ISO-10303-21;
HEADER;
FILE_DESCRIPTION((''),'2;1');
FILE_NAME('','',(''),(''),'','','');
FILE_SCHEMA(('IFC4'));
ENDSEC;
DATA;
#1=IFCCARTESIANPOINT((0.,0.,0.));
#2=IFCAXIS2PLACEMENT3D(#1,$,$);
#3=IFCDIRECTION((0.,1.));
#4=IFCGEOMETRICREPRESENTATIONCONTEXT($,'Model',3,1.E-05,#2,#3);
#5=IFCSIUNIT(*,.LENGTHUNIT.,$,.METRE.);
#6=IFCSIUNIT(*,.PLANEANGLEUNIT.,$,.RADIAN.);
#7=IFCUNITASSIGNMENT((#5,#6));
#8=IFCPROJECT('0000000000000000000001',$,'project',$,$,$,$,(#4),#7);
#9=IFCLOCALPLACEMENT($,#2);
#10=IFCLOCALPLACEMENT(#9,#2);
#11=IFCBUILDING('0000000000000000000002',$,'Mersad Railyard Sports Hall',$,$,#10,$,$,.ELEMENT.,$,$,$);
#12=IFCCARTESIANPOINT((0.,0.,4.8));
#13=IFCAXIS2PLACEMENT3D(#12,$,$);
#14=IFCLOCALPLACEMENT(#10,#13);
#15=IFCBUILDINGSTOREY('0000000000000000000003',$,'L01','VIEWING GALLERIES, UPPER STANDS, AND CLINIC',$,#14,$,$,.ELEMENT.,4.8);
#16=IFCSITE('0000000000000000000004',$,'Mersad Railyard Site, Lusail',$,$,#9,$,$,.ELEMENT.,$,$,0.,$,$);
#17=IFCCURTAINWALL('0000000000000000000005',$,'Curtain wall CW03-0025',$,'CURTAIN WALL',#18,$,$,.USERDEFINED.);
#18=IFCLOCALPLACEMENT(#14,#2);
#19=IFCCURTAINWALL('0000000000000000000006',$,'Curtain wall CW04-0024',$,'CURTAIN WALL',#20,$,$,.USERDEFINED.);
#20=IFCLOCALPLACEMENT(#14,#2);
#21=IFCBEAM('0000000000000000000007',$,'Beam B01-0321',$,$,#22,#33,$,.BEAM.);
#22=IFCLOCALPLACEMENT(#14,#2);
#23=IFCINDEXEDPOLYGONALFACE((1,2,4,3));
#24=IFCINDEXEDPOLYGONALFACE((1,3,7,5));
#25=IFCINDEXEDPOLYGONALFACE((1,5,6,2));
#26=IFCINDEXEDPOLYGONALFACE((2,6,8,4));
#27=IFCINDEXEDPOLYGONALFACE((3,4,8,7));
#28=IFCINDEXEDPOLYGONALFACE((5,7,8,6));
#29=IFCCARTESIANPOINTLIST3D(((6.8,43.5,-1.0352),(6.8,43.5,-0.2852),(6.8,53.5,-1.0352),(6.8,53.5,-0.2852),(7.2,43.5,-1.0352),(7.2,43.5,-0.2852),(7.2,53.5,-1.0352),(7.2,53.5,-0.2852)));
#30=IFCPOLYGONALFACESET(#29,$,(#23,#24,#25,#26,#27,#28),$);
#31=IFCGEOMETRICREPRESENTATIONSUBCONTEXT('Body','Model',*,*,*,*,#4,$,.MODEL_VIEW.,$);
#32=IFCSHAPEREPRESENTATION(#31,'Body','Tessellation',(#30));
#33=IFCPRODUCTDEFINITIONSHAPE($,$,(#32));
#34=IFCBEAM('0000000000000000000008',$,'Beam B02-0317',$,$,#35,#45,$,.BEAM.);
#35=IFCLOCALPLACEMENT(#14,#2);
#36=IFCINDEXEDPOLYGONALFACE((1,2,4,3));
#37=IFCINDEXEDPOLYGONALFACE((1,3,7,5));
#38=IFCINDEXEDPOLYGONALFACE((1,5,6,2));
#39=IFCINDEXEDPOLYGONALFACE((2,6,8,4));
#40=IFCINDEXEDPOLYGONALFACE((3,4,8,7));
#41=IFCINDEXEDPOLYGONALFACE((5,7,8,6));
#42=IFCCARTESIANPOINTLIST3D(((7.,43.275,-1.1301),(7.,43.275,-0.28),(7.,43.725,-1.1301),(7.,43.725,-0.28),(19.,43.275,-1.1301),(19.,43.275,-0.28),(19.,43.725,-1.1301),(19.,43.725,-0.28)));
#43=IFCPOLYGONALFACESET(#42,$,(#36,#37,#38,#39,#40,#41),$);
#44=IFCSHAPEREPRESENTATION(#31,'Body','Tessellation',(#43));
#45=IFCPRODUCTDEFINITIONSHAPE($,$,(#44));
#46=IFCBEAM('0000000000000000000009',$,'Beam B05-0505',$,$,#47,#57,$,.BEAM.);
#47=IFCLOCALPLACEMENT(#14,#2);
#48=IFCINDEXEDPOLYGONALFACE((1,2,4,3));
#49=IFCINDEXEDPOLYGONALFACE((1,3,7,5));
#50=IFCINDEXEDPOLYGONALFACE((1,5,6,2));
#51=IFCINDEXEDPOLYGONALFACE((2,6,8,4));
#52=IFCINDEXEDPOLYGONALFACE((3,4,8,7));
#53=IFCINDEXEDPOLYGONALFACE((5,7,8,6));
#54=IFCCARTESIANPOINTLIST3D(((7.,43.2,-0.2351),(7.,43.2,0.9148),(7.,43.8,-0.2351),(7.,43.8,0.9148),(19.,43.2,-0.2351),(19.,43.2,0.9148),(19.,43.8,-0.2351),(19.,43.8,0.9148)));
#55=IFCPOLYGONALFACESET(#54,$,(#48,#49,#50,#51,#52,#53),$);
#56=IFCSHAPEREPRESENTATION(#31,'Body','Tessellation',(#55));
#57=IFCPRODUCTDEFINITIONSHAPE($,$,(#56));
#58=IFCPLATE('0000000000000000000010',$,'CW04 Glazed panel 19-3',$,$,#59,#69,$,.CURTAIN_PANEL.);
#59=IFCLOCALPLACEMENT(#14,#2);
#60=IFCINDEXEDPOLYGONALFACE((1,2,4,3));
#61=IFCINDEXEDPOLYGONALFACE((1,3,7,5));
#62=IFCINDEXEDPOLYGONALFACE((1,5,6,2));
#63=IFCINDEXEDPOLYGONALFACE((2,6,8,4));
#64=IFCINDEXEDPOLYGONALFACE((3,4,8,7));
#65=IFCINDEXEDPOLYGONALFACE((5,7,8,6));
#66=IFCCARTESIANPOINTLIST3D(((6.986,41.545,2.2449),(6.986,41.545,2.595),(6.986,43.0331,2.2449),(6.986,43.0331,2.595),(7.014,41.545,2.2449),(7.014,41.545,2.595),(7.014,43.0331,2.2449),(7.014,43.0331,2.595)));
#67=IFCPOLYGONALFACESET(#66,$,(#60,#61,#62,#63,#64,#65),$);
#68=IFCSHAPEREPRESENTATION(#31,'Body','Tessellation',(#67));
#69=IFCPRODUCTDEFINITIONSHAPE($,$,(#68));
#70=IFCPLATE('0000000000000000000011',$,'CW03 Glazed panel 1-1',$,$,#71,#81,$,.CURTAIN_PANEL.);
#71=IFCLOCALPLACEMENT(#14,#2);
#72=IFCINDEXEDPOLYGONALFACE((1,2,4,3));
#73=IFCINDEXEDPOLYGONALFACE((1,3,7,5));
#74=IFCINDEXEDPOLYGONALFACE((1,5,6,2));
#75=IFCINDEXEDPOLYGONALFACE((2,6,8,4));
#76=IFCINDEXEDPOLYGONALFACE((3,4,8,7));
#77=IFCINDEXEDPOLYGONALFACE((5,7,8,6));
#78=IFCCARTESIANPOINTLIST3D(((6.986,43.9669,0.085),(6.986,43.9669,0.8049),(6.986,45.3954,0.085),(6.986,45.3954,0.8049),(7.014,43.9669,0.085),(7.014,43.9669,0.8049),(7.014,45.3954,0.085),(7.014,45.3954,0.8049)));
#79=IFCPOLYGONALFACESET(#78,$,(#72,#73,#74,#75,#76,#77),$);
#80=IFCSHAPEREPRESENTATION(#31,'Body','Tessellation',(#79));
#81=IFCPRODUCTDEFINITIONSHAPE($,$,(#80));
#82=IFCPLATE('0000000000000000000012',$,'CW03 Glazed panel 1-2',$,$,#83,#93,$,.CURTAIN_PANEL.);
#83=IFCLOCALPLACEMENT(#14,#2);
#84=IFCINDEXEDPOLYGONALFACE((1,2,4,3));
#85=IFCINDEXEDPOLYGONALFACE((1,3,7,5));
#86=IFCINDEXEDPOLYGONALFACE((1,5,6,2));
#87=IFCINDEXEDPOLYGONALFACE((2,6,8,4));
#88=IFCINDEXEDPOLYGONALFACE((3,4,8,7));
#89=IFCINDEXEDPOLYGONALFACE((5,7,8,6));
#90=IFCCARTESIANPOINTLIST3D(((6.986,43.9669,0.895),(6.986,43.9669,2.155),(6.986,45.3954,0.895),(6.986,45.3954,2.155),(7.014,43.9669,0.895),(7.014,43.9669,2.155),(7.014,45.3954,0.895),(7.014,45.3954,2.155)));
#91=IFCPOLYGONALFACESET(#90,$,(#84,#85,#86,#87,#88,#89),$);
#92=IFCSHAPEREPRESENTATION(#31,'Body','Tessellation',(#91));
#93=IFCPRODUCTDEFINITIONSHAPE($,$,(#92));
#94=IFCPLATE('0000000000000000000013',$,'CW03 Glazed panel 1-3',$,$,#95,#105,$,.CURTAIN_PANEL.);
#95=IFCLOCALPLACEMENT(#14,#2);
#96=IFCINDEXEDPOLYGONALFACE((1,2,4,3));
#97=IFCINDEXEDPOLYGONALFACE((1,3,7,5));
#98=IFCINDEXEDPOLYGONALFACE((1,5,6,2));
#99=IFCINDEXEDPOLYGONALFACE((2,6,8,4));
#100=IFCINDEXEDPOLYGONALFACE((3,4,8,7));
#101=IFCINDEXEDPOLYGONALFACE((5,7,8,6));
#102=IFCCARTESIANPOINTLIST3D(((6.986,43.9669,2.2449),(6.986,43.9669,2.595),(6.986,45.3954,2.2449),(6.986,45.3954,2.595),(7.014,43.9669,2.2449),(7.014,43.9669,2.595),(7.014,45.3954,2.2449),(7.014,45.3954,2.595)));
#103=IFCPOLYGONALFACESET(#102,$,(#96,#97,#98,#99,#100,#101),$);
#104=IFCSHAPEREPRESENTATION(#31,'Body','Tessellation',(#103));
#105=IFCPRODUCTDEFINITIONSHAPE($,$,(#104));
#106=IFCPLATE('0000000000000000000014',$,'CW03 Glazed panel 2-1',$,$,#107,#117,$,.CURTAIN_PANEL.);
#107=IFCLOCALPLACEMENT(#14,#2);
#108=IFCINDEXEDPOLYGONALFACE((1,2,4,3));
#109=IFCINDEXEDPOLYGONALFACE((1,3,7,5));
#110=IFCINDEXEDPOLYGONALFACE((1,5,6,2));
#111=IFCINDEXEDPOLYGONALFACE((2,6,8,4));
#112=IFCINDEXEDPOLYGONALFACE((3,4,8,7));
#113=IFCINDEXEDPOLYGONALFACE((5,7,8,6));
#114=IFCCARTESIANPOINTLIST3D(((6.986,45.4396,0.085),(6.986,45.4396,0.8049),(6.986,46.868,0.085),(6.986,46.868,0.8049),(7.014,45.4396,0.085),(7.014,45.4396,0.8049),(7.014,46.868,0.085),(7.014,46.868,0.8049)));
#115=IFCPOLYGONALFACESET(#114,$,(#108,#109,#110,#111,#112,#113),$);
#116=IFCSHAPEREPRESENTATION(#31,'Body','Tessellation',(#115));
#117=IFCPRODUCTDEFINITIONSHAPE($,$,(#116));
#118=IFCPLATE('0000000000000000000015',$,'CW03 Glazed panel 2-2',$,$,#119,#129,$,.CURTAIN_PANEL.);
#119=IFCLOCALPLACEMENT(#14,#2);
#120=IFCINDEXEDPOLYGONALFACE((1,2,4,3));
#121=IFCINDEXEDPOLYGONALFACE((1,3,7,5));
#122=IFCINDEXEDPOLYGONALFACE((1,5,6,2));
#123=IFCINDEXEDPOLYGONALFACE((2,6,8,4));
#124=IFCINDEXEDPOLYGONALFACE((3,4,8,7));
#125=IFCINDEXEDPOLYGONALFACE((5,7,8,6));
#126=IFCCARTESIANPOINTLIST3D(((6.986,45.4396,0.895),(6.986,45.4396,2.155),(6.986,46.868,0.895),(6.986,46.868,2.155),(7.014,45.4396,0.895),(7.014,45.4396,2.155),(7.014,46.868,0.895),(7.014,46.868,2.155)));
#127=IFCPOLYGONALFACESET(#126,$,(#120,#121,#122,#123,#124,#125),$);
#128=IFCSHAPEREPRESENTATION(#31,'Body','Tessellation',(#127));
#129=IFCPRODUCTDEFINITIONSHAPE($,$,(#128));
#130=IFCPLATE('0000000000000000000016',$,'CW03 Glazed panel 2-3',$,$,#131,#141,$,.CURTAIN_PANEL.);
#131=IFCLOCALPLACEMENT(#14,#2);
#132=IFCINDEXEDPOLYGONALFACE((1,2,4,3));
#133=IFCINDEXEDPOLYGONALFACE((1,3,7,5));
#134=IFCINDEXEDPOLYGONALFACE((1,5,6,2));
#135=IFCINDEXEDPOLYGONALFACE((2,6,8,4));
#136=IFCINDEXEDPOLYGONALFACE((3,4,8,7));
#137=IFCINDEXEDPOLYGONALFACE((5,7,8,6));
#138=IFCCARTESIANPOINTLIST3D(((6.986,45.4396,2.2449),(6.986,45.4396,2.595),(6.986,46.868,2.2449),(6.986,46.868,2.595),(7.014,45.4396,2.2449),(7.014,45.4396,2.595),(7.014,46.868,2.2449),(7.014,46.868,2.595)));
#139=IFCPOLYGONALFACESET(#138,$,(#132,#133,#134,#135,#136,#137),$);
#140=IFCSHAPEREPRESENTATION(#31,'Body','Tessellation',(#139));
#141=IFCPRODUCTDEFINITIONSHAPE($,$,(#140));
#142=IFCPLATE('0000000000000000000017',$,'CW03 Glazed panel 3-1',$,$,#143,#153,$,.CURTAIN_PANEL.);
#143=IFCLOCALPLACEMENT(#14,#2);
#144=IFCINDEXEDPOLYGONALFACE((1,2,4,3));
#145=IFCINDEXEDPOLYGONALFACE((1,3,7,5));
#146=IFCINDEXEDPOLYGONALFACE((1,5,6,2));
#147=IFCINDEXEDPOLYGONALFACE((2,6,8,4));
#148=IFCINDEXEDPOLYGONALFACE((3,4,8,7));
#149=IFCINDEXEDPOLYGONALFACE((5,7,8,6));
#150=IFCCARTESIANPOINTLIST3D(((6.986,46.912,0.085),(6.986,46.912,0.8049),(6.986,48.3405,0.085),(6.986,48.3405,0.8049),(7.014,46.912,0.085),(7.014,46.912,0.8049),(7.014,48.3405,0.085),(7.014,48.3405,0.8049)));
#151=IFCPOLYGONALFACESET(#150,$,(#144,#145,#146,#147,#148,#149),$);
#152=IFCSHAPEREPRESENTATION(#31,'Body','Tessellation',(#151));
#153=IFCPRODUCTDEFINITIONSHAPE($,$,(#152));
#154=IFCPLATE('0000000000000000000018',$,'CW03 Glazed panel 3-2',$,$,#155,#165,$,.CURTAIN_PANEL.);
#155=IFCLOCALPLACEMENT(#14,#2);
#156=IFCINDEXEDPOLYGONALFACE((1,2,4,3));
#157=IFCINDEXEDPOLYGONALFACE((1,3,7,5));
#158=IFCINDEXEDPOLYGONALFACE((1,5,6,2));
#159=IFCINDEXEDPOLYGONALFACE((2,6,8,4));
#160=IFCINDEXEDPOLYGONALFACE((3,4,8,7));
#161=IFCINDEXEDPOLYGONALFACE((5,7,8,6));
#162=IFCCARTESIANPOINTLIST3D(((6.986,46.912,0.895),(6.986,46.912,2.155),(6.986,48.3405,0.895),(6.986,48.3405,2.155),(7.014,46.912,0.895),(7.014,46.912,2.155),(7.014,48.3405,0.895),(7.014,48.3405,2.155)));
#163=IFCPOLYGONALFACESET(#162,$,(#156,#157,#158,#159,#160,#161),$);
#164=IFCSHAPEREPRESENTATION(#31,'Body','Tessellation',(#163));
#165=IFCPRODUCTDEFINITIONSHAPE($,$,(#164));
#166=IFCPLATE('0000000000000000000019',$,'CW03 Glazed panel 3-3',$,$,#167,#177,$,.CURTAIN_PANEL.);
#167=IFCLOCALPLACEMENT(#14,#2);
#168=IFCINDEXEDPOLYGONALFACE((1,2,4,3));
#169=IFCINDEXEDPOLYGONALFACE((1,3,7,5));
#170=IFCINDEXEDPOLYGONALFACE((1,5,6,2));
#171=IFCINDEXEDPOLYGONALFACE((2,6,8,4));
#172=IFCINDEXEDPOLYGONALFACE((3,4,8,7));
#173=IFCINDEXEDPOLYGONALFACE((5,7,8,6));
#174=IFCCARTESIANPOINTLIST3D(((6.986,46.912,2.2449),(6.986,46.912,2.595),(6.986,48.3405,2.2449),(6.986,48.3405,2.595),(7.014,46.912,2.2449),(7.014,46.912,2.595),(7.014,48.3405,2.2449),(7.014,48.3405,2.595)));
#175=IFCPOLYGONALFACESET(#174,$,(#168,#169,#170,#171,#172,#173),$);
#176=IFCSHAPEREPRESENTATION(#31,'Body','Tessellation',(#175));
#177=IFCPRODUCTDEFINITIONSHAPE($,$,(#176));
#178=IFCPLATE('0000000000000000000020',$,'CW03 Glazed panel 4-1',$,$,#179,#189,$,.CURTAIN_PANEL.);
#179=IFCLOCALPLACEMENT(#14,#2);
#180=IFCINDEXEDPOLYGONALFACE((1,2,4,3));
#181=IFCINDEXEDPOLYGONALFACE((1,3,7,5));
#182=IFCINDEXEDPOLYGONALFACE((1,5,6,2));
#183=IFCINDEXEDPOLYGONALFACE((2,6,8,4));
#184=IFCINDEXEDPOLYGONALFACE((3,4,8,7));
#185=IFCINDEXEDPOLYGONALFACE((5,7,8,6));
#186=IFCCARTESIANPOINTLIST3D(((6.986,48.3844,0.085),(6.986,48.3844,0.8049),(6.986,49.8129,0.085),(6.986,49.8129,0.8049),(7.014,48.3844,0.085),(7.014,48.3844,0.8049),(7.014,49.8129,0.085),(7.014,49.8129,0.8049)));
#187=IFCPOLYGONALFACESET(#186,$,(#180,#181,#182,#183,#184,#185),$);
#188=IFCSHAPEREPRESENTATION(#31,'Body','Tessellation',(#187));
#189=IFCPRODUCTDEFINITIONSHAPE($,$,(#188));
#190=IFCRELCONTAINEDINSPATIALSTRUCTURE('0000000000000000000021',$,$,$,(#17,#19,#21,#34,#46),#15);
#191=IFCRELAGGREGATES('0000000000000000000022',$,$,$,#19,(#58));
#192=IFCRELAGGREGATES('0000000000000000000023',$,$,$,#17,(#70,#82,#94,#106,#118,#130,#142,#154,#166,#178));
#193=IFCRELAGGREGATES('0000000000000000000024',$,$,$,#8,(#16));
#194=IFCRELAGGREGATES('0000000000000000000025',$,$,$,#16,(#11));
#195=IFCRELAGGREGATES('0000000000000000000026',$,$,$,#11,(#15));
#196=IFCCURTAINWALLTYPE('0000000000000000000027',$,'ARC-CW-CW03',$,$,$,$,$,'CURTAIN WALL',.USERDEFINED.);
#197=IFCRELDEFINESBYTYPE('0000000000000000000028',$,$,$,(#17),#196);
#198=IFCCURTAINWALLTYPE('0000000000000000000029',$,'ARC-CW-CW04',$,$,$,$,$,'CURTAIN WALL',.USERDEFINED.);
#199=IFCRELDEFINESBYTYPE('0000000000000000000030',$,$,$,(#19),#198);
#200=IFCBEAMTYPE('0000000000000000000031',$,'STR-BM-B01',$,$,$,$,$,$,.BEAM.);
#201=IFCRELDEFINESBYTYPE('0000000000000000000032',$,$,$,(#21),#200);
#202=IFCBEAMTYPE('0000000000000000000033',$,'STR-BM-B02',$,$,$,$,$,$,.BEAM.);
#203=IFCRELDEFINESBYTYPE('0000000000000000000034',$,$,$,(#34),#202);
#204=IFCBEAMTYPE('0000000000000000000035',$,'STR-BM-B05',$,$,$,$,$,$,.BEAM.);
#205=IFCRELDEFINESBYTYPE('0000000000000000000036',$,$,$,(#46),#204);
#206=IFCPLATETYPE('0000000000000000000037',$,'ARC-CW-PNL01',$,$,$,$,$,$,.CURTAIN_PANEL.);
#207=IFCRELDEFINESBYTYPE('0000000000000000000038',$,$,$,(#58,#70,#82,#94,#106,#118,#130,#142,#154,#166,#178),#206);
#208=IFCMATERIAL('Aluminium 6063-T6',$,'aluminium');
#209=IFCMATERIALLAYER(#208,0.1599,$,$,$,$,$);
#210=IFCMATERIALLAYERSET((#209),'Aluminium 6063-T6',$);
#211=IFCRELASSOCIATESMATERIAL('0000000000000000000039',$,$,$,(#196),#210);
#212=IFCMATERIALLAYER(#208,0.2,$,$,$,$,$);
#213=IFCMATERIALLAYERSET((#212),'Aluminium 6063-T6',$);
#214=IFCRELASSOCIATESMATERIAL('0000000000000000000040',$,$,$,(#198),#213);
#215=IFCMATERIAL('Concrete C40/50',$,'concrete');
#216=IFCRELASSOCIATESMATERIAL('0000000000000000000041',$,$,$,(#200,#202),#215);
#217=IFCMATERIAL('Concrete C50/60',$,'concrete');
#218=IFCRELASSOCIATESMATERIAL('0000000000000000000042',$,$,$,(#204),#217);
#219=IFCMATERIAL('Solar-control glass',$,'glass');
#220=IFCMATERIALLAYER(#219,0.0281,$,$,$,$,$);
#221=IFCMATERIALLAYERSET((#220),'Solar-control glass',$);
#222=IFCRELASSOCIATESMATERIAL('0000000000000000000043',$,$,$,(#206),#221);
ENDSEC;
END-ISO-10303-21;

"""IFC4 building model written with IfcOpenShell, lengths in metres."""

from ifc_helpers import new_model, si_unit, direction, frame, origin, origin_2d, place, context, subcontext, project, spatial, rectangle, extrude, material, layer, layer_set, material_profile, profile_set, type_object, element, aggregate, save


model = new_model("IFC4")

# Units and contexts
model_context = context("Model", 3, precision=1e-05, world=origin(), true_north=direction((0.0, 1.0)))
body_context = subcontext(model_context, "Body", "Model", "MODEL_VIEW")
ifc_project = project(units=[si_unit("LENGTHUNIT", "METRE"), si_unit("PLANEANGLEUNIT", "RADIAN")], contexts=[model_context])

# Site, building, storey
site_placement = place(None, origin())
site = spatial("IfcSite", under=ifc_project, at=site_placement, Name="Mersad Railyard Site, Lusail", CompositionType="ELEMENT", RefElevation=0.0)
building_placement = place(site_placement, origin())
building = spatial("IfcBuilding", under=site, at=building_placement, Name="Mersad Railyard Sports Hall", CompositionType="ELEMENT")
storey_placement = place(building_placement, frame((0.0, 0.0, 4.8)))
storey = spatial("IfcBuildingStorey", under=building, at=storey_placement, Name="L01", Description="VIEWING GALLERIES, UPPER STANDS, AND CLINIC", CompositionType="ELEMENT", Elevation=4.8)

# Shared definitions
ifc_material_1 = material(Name="Concrete C50/60", Category="concrete")

# Curtain wall
ifc_material_2 = material(Name="Aluminium 6063-T6", Category="aluminium")
ifc_layer_1 = layer(ifc_material_2, 0.1599)
ifc_layer_set_1 = layer_set([ifc_layer_1], Name="Aluminium 6063-T6")
curtain_wall_type_1 = type_object("IfcCurtainWallType", Name="ARC-CW-CW03", ElementType="CURTAIN WALL", PredefinedType="USERDEFINED", material=ifc_layer_set_1)
curtain_wall_1_placement = place(storey_placement, origin())
curtain_wall_1 = element("IfcCurtainWall", 1, at=curtain_wall_1_placement, inside=storey, type_object=curtain_wall_type_1, Name="Curtain wall CW03-0025", ObjectType="CURTAIN WALL", PredefinedType="USERDEFINED")

# Curtain wall
ifc_layer_2 = layer(ifc_material_2, 0.2)
ifc_layer_set_2 = layer_set([ifc_layer_2], Name="Aluminium 6063-T6")
curtain_wall_type_2 = type_object("IfcCurtainWallType", Name="ARC-CW-CW04", ElementType="CURTAIN WALL", PredefinedType="USERDEFINED", material=ifc_layer_set_2)
curtain_wall_2_placement = place(storey_placement, origin())
curtain_wall_2 = element("IfcCurtainWall", 2, at=curtain_wall_2_placement, inside=storey, type_object=curtain_wall_type_2, Name="Curtain wall CW04-0024", ObjectType="CURTAIN WALL", PredefinedType="USERDEFINED")

# Beams
ifc_material_3 = material(Name="Concrete C40/50", Category="concrete")
ifc_material_profile_1 = material_profile(ifc_material_3, rectangle(XDim=0.3999, YDim=0.75, at=origin_2d()), Name="RC 400x750")
ifc_profile_set_1 = profile_set([ifc_material_profile_1], Name="Concrete C40/50")
beam_type_1 = type_object("IfcBeamType", Name="STR-BM-B01", PredefinedType="BEAM", material=ifc_profile_set_1)
beam_1_placement = place(storey_placement, frame((7.0, 43.5, -0.6602), z_axis=(0.0, 1.0, 0.0), x_axis=(-1.0, 0.0, 0.0)))
element("IfcBeam", 3, at=beam_1_placement, inside=storey, type_object=beam_type_1, Name="Beam B01-0321", PredefinedType="BEAM", context=body_context, shape_type="SweptSolid", body=[
    extrude(rectangle(XDim=0.3999, YDim=0.75, at=origin_2d()), origin(), (0.0, 0.0, 1.0), 10.0),
])
ifc_material_profile_2 = material_profile(ifc_material_3, rectangle(XDim=0.45, YDim=0.8501, at=origin_2d()), Name="RC 450x850")
ifc_profile_set_2 = profile_set([ifc_material_profile_2], Name="Concrete C40/50")
beam_type_2 = type_object("IfcBeamType", Name="STR-BM-B02", PredefinedType="BEAM", material=ifc_profile_set_2)
beam_2_placement = place(storey_placement, frame((7.0, 43.5, -0.7051), z_axis=(1.0, 0.0, 0.0), x_axis=(0.0, 1.0, 0.0)))
element("IfcBeam", 4, at=beam_2_placement, inside=storey, type_object=beam_type_2, Name="Beam B02-0317", PredefinedType="BEAM", context=body_context, shape_type="SweptSolid", body=[
    extrude(rectangle(XDim=0.45, YDim=0.8501, at=origin_2d()), origin(), (0.0, 0.0, 1.0), 12.0),
])
ifc_material_profile_3 = material_profile(ifc_material_1, rectangle(XDim=0.6001, YDim=1.1499, at=origin_2d()), Name="RC 600x1150")
ifc_profile_set_3 = profile_set([ifc_material_profile_3], Name="Concrete C50/60")
beam_type_3 = type_object("IfcBeamType", Name="STR-BM-B05", PredefinedType="BEAM", material=ifc_profile_set_3)
beam_3_placement = place(storey_placement, frame((7.0, 43.5, 0.3398), z_axis=(1.0, 0.0, 0.0), x_axis=(0.0, 1.0, 0.0)))
element("IfcBeam", 5, at=beam_3_placement, inside=storey, type_object=beam_type_3, Name="Beam B05-0505", PredefinedType="BEAM", context=body_context, shape_type="SweptSolid", body=[
    extrude(rectangle(XDim=0.6001, YDim=1.1499, at=origin_2d()), origin(), (0.0, 0.0, 1.0), 12.0),
])

# Plates
ifc_material_4 = material(Name="Solar-control glass", Category="glass")
ifc_layer_3 = layer(ifc_material_4, 0.0281)
ifc_layer_set_3 = layer_set([ifc_layer_3], Name="Solar-control glass")
plate_type = type_object("IfcPlateType", Name="ARC-CW-PNL01", PredefinedType="CURTAIN_PANEL", material=ifc_layer_set_3)
plate_1_placement = place(storey_placement, frame((7.0, 42.2891, 2.2449), z_axis=(0.0, 0.0, 1.0), x_axis=(0.0, 1.0, 0.0)))
plate_1 = element("IfcPlate", 6, at=plate_1_placement, type_object=plate_type, Name="CW04 Glazed panel 19-3", PredefinedType="CURTAIN_PANEL", context=body_context, shape_type="SweptSolid", body=[
    extrude(rectangle(XDim=1.488, YDim=0.0281, at=origin_2d()), origin(), (0.0, 0.0, 1.0), 0.3501),
])
aggregate(curtain_wall_2, [plate_1])
plate_2_placement = place(storey_placement, frame((7.0, 44.6812, 0.085), z_axis=(0.0, 0.0, 1.0), x_axis=(0.0, 1.0, 0.0)))
plate_2 = element("IfcPlate", 7, at=plate_2_placement, type_object=plate_type, Name="CW03 Glazed panel 1-1", PredefinedType="CURTAIN_PANEL", context=body_context, shape_type="SweptSolid", body=[
    extrude(rectangle(XDim=1.4285, YDim=0.0281, at=origin_2d()), origin(), (0.0, 0.0, 1.0), 0.72),
])
plate_3_placement = place(storey_placement, frame((7.0, 44.6812, 0.895), z_axis=(0.0, 0.0, 1.0), x_axis=(0.0, 1.0, 0.0)))
plate_3 = element("IfcPlate", 8, at=plate_3_placement, type_object=plate_type, Name="CW03 Glazed panel 1-2", PredefinedType="CURTAIN_PANEL", context=body_context, shape_type="SweptSolid", body=[
    extrude(rectangle(XDim=1.4285, YDim=0.0281, at=origin_2d()), origin(), (0.0, 0.0, 1.0), 1.26),
])
plate_4_placement = place(storey_placement, frame((7.0, 44.6812, 2.2449), z_axis=(0.0, 0.0, 1.0), x_axis=(0.0, 1.0, 0.0)))
plate_4 = element("IfcPlate", 9, at=plate_4_placement, type_object=plate_type, Name="CW03 Glazed panel 1-3", PredefinedType="CURTAIN_PANEL", context=body_context, shape_type="SweptSolid", body=[
    extrude(rectangle(XDim=1.4285, YDim=0.0281, at=origin_2d()), origin(), (0.0, 0.0, 1.0), 0.3501),
])
plate_5_placement = place(storey_placement, frame((7.0, 46.1538, 0.085), z_axis=(0.0, 0.0, 1.0), x_axis=(0.0, 1.0, 0.0)))
plate_5 = element("IfcPlate", 10, at=plate_5_placement, type_object=plate_type, Name="CW03 Glazed panel 2-1", PredefinedType="CURTAIN_PANEL", context=body_context, shape_type="SweptSolid", body=[
    extrude(rectangle(XDim=1.4285, YDim=0.0281, at=origin_2d()), origin(), (0.0, 0.0, 1.0), 0.72),
])
plate_6_placement = place(storey_placement, frame((7.0, 46.1538, 0.895), z_axis=(0.0, 0.0, 1.0), x_axis=(0.0, 1.0, 0.0)))
plate_6 = element("IfcPlate", 11, at=plate_6_placement, type_object=plate_type, Name="CW03 Glazed panel 2-2", PredefinedType="CURTAIN_PANEL", context=body_context, shape_type="SweptSolid", body=[
    extrude(rectangle(XDim=1.4285, YDim=0.0281, at=origin_2d()), origin(), (0.0, 0.0, 1.0), 1.26),
])
plate_7_placement = place(storey_placement, frame((7.0, 46.1538, 2.2449), z_axis=(0.0, 0.0, 1.0), x_axis=(0.0, 1.0, 0.0)))
plate_7 = element("IfcPlate", 12, at=plate_7_placement, type_object=plate_type, Name="CW03 Glazed panel 2-3", PredefinedType="CURTAIN_PANEL", context=body_context, shape_type="SweptSolid", body=[
    extrude(rectangle(XDim=1.4285, YDim=0.0281, at=origin_2d()), origin(), (0.0, 0.0, 1.0), 0.3501),
])
plate_8_placement = place(storey_placement, frame((7.0, 47.6262, 0.085), z_axis=(0.0, 0.0, 1.0), x_axis=(0.0, 1.0, 0.0)))
plate_8 = element("IfcPlate", 13, at=plate_8_placement, type_object=plate_type, Name="CW03 Glazed panel 3-1", PredefinedType="CURTAIN_PANEL", context=body_context, shape_type="SweptSolid", body=[
    extrude(rectangle(XDim=1.4285, YDim=0.0281, at=origin_2d()), origin(), (0.0, 0.0, 1.0), 0.72),
])
plate_9_placement = place(storey_placement, frame((7.0, 47.6262, 0.895), z_axis=(0.0, 0.0, 1.0), x_axis=(0.0, 1.0, 0.0)))
plate_9 = element("IfcPlate", 14, at=plate_9_placement, type_object=plate_type, Name="CW03 Glazed panel 3-2", PredefinedType="CURTAIN_PANEL", context=body_context, shape_type="SweptSolid", body=[
    extrude(rectangle(XDim=1.4285, YDim=0.0281, at=origin_2d()), origin(), (0.0, 0.0, 1.0), 1.26),
])
plate_10_placement = place(storey_placement, frame((7.0, 47.6262, 2.2449), z_axis=(0.0, 0.0, 1.0), x_axis=(0.0, 1.0, 0.0)))
plate_10 = element("IfcPlate", 15, at=plate_10_placement, type_object=plate_type, Name="CW03 Glazed panel 3-3", PredefinedType="CURTAIN_PANEL", context=body_context, shape_type="SweptSolid", body=[
    extrude(rectangle(XDim=1.4285, YDim=0.0281, at=origin_2d()), origin(), (0.0, 0.0, 1.0), 0.3501),
])
plate_11_placement = place(storey_placement, frame((7.0, 49.0986, 0.085), z_axis=(0.0, 0.0, 1.0), x_axis=(0.0, 1.0, 0.0)))
plate_11 = element("IfcPlate", 16, at=plate_11_placement, type_object=plate_type, Name="CW03 Glazed panel 4-1", PredefinedType="CURTAIN_PANEL", context=body_context, shape_type="SweptSolid", body=[
    extrude(rectangle(XDim=1.4285, YDim=0.0281, at=origin_2d()), origin(), (0.0, 0.0, 1.0), 0.72),
])
aggregate(curtain_wall_1, [plate_2, plate_3, plate_4, plate_5, plate_6, plate_7, plate_8, plate_9, plate_10, plate_11])

save(model, "model.ifc")
